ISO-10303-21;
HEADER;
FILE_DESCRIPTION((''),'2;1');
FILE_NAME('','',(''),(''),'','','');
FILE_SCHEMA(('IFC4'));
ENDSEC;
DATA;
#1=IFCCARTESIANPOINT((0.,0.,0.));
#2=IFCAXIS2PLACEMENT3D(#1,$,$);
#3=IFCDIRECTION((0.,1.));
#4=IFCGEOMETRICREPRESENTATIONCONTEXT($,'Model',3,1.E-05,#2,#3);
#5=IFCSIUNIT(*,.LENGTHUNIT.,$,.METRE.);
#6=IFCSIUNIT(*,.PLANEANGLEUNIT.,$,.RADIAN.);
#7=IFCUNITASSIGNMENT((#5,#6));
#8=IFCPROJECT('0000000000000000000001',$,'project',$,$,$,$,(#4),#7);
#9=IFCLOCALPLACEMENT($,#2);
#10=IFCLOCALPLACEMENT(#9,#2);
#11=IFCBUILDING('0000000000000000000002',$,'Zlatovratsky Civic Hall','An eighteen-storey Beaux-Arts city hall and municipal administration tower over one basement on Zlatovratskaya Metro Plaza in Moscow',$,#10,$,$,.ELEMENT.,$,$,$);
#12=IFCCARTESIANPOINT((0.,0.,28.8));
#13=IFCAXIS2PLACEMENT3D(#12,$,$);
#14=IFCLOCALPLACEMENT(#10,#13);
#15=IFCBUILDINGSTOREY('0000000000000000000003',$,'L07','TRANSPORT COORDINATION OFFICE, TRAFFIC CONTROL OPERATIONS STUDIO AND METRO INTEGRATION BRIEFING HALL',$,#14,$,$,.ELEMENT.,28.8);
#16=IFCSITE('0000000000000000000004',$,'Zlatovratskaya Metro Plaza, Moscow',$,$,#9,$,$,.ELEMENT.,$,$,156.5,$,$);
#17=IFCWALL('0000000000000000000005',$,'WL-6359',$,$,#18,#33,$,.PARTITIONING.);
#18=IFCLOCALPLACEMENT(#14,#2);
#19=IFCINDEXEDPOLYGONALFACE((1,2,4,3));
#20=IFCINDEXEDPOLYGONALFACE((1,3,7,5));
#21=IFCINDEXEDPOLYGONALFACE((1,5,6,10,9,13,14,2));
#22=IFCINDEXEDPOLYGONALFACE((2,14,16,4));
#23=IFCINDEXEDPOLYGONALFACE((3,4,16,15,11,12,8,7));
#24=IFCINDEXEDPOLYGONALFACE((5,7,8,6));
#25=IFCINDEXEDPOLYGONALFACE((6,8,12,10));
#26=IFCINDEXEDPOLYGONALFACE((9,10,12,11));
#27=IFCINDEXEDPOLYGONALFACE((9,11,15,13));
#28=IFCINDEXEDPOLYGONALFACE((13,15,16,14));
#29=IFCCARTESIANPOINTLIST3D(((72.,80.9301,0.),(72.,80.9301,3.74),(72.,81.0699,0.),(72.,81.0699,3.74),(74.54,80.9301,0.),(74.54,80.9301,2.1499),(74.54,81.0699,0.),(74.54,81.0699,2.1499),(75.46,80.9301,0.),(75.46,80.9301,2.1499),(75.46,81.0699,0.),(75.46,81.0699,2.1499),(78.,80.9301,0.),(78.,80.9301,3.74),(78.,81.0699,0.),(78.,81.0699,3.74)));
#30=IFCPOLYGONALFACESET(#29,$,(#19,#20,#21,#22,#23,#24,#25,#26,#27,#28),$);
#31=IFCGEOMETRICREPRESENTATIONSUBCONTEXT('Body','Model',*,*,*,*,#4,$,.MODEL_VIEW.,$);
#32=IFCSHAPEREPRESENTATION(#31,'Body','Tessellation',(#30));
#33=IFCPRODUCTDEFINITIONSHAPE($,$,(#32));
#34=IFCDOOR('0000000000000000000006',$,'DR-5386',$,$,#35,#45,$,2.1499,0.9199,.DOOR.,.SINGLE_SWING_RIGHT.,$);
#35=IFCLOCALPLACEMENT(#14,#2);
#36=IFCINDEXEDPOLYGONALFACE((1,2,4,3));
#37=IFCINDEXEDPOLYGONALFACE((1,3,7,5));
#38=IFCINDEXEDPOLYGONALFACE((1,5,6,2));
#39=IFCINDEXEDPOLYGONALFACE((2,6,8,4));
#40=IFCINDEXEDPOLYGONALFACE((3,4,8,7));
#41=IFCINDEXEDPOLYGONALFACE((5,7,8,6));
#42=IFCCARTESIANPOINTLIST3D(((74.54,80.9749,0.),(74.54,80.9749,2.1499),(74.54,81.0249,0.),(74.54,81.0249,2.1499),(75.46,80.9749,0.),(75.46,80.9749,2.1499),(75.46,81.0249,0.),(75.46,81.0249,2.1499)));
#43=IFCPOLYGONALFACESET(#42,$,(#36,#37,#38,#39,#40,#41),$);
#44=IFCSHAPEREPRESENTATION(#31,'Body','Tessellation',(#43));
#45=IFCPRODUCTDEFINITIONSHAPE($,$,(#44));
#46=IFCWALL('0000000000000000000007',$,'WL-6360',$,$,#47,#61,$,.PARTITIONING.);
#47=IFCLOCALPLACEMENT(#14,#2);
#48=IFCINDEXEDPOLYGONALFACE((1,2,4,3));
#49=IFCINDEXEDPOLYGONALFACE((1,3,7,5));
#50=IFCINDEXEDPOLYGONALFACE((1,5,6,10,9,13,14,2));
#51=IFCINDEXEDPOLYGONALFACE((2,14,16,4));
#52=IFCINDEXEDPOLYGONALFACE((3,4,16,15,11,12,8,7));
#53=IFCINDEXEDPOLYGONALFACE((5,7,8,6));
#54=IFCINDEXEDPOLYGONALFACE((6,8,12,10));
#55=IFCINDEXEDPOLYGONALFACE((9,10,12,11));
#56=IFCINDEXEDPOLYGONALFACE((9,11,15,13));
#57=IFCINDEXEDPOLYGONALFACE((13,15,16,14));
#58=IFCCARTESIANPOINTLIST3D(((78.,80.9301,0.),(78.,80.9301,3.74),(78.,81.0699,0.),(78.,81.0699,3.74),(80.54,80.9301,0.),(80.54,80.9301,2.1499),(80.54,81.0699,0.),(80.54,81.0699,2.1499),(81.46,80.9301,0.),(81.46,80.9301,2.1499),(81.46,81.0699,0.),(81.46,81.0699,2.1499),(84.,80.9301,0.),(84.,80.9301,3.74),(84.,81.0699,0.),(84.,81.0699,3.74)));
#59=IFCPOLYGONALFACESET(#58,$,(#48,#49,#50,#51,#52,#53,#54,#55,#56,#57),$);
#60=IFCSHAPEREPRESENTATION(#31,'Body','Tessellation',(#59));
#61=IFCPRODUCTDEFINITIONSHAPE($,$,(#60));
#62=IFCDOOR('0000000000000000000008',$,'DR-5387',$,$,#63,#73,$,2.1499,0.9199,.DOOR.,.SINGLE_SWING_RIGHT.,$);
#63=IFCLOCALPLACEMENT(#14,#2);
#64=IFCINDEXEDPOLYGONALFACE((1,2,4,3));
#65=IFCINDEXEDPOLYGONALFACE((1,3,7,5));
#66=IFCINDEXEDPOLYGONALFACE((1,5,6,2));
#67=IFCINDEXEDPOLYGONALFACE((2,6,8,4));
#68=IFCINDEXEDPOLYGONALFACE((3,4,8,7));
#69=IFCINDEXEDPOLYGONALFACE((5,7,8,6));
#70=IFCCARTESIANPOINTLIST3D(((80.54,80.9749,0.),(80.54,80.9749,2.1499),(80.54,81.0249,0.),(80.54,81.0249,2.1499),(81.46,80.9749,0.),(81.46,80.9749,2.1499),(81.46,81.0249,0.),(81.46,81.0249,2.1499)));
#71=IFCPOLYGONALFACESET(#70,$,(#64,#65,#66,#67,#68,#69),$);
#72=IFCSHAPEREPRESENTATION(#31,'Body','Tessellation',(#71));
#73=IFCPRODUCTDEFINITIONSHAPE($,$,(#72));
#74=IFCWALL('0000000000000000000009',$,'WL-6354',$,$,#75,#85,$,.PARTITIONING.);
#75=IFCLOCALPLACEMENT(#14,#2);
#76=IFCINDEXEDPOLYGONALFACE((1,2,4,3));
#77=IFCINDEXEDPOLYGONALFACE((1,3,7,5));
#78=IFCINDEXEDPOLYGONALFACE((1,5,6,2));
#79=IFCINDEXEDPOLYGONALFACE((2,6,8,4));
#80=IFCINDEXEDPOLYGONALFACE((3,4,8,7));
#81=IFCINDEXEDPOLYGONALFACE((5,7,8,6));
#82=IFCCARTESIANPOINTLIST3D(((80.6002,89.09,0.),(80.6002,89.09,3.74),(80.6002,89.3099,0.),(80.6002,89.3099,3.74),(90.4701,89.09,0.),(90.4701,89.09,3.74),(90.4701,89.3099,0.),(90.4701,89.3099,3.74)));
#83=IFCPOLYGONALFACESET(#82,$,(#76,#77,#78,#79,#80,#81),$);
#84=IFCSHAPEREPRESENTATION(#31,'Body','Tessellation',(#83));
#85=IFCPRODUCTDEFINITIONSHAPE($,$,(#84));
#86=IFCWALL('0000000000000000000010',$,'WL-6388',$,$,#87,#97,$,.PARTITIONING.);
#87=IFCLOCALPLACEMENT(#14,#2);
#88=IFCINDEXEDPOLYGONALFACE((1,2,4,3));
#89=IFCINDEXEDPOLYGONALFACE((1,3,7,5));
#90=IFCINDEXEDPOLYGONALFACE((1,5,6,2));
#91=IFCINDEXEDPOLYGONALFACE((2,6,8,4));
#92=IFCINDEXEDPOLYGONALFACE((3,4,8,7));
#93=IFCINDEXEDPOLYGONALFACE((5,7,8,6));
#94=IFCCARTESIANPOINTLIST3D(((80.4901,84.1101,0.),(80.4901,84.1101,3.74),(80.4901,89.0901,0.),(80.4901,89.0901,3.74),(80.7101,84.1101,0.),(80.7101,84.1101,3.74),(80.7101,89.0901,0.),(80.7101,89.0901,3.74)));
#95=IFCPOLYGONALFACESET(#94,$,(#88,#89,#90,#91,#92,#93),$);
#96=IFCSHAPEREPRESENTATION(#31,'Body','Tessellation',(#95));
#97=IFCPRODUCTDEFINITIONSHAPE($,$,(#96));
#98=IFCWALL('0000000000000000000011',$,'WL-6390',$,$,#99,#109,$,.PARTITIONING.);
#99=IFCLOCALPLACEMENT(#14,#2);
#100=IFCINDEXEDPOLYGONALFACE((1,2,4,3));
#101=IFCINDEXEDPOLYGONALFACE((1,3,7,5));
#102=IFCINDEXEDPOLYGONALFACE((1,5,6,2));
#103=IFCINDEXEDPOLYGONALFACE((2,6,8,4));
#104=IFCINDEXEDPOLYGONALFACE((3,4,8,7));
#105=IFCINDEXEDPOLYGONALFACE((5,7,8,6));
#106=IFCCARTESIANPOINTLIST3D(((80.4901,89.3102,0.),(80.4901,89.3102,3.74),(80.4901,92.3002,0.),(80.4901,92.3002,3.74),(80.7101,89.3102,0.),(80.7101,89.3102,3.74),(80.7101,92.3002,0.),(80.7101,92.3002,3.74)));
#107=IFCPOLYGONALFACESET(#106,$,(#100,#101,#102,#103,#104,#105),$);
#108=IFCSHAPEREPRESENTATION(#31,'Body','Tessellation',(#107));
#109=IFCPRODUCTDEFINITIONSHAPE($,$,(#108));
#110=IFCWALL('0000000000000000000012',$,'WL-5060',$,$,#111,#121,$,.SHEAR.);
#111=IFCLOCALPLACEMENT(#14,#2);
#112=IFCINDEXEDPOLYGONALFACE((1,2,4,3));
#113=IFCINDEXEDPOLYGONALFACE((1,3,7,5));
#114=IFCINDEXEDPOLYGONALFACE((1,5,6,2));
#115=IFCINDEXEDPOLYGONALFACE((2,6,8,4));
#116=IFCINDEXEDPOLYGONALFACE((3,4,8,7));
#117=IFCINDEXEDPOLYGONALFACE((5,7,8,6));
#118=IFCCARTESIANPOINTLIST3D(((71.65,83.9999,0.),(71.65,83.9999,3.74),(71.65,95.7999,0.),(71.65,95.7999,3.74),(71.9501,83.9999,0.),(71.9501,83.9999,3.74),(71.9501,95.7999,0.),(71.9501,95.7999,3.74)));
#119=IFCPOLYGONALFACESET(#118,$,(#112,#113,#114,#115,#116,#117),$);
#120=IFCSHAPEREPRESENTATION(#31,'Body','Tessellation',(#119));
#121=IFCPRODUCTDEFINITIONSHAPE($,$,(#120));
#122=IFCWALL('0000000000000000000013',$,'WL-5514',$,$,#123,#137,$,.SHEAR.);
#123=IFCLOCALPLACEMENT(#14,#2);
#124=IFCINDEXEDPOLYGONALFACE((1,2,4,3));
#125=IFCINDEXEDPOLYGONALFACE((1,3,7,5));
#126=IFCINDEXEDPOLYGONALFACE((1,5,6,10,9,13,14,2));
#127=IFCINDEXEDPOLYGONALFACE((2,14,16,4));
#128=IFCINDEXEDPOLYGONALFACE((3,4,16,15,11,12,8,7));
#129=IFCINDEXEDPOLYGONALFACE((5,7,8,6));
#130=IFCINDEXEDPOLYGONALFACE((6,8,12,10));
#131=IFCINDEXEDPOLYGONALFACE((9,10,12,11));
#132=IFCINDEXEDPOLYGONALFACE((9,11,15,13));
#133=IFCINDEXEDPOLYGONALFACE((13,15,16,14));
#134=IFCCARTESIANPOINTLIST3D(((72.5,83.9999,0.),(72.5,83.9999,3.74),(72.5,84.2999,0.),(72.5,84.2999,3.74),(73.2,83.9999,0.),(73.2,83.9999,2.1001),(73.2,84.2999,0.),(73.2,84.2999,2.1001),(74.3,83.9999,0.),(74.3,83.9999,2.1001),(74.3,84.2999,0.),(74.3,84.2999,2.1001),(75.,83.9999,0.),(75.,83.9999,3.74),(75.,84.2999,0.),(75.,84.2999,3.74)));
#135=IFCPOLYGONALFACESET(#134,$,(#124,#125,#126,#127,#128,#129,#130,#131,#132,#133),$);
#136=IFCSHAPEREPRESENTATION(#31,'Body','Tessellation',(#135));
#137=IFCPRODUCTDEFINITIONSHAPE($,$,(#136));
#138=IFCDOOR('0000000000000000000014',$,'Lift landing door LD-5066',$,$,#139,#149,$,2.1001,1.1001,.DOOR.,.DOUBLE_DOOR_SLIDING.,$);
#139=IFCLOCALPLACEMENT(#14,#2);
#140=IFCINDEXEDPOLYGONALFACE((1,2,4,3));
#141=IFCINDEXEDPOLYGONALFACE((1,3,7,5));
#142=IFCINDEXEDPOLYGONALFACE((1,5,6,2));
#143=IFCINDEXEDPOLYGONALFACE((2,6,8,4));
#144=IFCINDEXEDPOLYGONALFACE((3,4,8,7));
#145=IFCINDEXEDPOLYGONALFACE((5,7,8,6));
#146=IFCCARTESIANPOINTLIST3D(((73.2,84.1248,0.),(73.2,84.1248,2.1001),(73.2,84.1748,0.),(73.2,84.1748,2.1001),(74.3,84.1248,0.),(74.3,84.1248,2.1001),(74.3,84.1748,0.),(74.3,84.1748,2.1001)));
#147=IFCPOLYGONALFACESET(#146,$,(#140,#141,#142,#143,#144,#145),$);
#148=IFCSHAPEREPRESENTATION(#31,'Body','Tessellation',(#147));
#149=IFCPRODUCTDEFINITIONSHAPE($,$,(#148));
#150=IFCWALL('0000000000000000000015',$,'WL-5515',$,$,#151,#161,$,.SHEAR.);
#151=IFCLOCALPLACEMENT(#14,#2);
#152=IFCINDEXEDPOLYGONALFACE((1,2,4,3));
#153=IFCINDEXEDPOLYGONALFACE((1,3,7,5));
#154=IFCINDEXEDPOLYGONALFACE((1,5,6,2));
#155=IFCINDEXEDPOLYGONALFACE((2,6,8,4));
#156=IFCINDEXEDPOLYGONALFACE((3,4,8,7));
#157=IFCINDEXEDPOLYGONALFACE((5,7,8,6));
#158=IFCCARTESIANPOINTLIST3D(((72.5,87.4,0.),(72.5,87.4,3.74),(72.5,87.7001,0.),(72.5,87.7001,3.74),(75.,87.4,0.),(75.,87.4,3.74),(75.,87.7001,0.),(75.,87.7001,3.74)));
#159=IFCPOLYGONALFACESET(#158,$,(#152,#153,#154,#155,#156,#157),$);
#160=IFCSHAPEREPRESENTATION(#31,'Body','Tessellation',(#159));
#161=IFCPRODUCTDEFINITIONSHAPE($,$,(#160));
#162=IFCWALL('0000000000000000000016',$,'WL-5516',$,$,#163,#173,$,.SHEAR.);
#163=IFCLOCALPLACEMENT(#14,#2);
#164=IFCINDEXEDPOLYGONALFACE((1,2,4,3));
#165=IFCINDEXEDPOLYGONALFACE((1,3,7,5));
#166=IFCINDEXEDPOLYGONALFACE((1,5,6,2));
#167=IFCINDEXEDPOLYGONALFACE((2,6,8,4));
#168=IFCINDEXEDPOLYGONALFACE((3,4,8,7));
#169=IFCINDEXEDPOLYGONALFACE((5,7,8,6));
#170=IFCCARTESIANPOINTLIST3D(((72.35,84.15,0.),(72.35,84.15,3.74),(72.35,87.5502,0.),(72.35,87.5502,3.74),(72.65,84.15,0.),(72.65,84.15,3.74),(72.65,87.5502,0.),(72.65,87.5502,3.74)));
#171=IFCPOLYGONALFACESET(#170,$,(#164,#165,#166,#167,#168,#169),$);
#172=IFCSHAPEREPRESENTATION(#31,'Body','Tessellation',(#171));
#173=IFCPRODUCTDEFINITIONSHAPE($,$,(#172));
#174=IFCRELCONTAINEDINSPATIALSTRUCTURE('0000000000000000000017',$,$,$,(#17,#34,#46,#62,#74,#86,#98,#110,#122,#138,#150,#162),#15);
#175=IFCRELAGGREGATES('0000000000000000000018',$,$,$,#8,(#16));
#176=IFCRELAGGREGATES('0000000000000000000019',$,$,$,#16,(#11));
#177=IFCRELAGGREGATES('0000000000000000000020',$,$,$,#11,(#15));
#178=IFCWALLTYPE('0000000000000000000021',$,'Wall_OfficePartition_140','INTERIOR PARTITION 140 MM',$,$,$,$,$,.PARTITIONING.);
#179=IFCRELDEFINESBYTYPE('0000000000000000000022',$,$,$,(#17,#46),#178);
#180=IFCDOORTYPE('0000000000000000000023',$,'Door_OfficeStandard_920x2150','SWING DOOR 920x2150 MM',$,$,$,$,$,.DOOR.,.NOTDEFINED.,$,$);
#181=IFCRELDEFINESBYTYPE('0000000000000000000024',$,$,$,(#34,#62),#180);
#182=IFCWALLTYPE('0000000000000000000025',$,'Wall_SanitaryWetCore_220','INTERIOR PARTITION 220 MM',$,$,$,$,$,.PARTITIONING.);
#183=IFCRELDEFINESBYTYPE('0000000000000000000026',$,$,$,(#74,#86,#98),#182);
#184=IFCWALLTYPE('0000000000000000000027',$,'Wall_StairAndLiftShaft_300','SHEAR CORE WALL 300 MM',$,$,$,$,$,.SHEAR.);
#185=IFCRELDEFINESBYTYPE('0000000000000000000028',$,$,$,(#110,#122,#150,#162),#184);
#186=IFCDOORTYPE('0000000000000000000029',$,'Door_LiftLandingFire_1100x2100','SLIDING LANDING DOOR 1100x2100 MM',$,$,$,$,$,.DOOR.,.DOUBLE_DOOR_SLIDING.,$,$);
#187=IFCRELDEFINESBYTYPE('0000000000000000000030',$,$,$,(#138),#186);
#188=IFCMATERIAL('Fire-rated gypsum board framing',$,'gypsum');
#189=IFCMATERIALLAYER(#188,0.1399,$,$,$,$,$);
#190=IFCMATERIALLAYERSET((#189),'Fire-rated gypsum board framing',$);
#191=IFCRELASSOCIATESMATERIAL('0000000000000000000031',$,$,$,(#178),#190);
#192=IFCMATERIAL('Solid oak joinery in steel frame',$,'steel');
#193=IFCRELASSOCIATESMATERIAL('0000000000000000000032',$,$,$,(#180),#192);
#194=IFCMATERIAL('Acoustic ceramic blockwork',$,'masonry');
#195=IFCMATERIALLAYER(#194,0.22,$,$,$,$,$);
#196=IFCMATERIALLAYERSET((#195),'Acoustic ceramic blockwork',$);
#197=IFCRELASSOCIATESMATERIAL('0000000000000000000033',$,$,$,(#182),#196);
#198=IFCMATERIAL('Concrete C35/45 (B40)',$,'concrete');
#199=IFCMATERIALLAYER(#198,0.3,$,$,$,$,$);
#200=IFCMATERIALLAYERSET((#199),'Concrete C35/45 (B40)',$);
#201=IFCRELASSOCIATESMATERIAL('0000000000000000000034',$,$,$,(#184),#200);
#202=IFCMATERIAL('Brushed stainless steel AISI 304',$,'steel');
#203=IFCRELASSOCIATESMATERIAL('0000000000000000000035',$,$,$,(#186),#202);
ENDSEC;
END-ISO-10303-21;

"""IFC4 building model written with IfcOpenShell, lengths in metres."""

from ifc_helpers import new_model, si_unit, direction, frame, frame_2d, origin, place, context, subcontext, project, spatial, rectangle, extrude, material, layer, layer_set, type_object, element, fill, save


model = new_model("IFC4")

# Units and contexts
model_context = context("Model", 3, precision=1e-05, world=origin(), true_north=direction((0.0, 1.0)))
body_context = subcontext(model_context, "Body", "Model", "MODEL_VIEW")
ifc_project = project(units=[si_unit("LENGTHUNIT", "METRE"), si_unit("PLANEANGLEUNIT", "RADIAN")], contexts=[model_context])

# Site, building, storey
site_placement = place(None, origin())
site = spatial("IfcSite", under=ifc_project, at=site_placement, Name="Zlatovratskaya Metro Plaza, Moscow", CompositionType="ELEMENT", RefElevation=156.5)
building_placement = place(site_placement, origin())
building = spatial("IfcBuilding", under=site, at=building_placement, Name="Zlatovratsky Civic Hall", Description="An eighteen-storey Beaux-Arts city hall and municipal administration tower over one basement on Zlatovratskaya Metro Plaza in Moscow", CompositionType="ELEMENT")
storey_placement = place(building_placement, frame((0.0, 0.0, 28.8)))
storey = spatial("IfcBuildingStorey", under=building, at=storey_placement, Name="L07", Description="TRANSPORT COORDINATION OFFICE, TRAFFIC CONTROL OPERATIONS STUDIO AND METRO INTEGRATION BRIEFING HALL", CompositionType="ELEMENT", Elevation=28.8)

# Shared definitions
ifc_material_1 = material(Name="Concrete C35/45 (B40)", Category="concrete")

# Walls, openings, doors
ifc_material_2 = material(Name="Fire-rated gypsum board framing", Category="gypsum")
ifc_layer_1 = layer(ifc_material_2, 0.1399)
ifc_layer_set_1 = layer_set([ifc_layer_1], Name="Fire-rated gypsum board framing")
wall_type_1 = type_object("IfcWallType", Name="Wall_OfficePartition_140", Description="INTERIOR PARTITION 140 MM", PredefinedType="PARTITIONING", material=ifc_layer_set_1)
wall_1_placement = place(storey_placement, frame((72.0, 81.0, 0.0), z_axis=(0.0, 0.0, 1.0), x_axis=(1.0, 0.0, 0.0)))
wall_1 = element("IfcWall", 1, at=wall_1_placement, inside=storey, type_object=wall_type_1, Name="WL-6359", PredefinedType="PARTITIONING", context=body_context, shape_type="SweptSolid", body=[
    extrude(rectangle(XDim=6.0, YDim=0.1399, at=frame_2d((3.0, 0.0))), origin(), (0.0, 0.0, 1.0), 3.74),
])
opening_1_placement = place(wall_1_placement, frame((2.54, 0.0, 0.0)))
opening_1 = element("IfcOpeningElement", 2, at=opening_1_placement, cuts=wall_1, PredefinedType="OPENING", context=body_context, shape_type="SweptSolid", body=[
    extrude(rectangle(XDim=0.9199, YDim=2.1499, at=frame_2d((0.46, 1.075))), frame((0.0, 0.085, 0.0), z_axis=(0.0, -1.0, 0.0), x_axis=(1.0, 0.0, 0.0)), (0.0, 0.0, 1.0), 0.1697),
])
ifc_material_3 = material(Name="Solid oak joinery in steel frame", Category="steel")
door_type_1 = type_object("IfcDoorType", Name="Door_OfficeStandard_920x2150", Description="SWING DOOR 920x2150 MM", OperationType="NOTDEFINED", PredefinedType="DOOR", material=ifc_material_3)
door_1_placement = place(opening_1_placement, origin())
door_1 = element("IfcDoor", 3, at=door_1_placement, inside=storey, type_object=door_type_1, Name="DR-5386", OperationType="SINGLE_SWING_RIGHT", OverallHeight=2.1499, OverallWidth=0.9199, PredefinedType="DOOR", context=body_context, shape_type="SweptSolid", body=[
    extrude(rectangle(XDim=0.9199, YDim=2.1499, at=frame_2d((0.46, 1.075))), frame((0.0, 0.0249, 0.0), z_axis=(0.0, -1.0, 0.0), x_axis=(1.0, 0.0, 0.0)), (0.0, 0.0, 1.0), 0.05),
])
fill(opening_1, door_1)
wall_2_placement = place(storey_placement, frame((78.0, 81.0, 0.0), z_axis=(0.0, 0.0, 1.0), x_axis=(1.0, 0.0, 0.0)))
wall_2 = element("IfcWall", 4, at=wall_2_placement, inside=storey, type_object=wall_type_1, Name="WL-6360", PredefinedType="PARTITIONING", context=body_context, shape_type="SweptSolid", body=[
    extrude(rectangle(XDim=6.0, YDim=0.1399, at=frame_2d((3.0, 0.0))), origin(), (0.0, 0.0, 1.0), 3.74),
])
opening_2_placement = place(wall_2_placement, frame((2.54, 0.0, 0.0)))
opening_2 = element("IfcOpeningElement", 5, at=opening_2_placement, cuts=wall_2, PredefinedType="OPENING", context=body_context, shape_type="SweptSolid", body=[
    extrude(rectangle(XDim=0.9199, YDim=2.1499, at=frame_2d((0.46, 1.075))), frame((0.0, 0.085, 0.0), z_axis=(0.0, -1.0, 0.0), x_axis=(1.0, 0.0, 0.0)), (0.0, 0.0, 1.0), 0.1697),
])
door_2_placement = place(opening_2_placement, origin())
door_2 = element("IfcDoor", 6, at=door_2_placement, inside=storey, type_object=door_type_1, Name="DR-5387", OperationType="SINGLE_SWING_RIGHT", OverallHeight=2.1499, OverallWidth=0.9199, PredefinedType="DOOR", context=body_context, shape_type="SweptSolid", body=[
    extrude(rectangle(XDim=0.9199, YDim=2.1499, at=frame_2d((0.46, 1.075))), frame((0.0, 0.0249, 0.0), z_axis=(0.0, -1.0, 0.0), x_axis=(1.0, 0.0, 0.0)), (0.0, 0.0, 1.0), 0.05),
])
fill(opening_2, door_2)
ifc_material_4 = material(Name="Acoustic ceramic blockwork", Category="masonry")
ifc_layer_2 = layer(ifc_material_4, 0.22)
ifc_layer_set_2 = layer_set([ifc_layer_2], Name="Acoustic ceramic blockwork")
wall_type_2 = type_object("IfcWallType", Name="Wall_SanitaryWetCore_220", Description="INTERIOR PARTITION 220 MM", PredefinedType="PARTITIONING", material=ifc_layer_set_2)

# Walls
wall_3_placement = place(storey_placement, frame((80.6001, 89.2, 0.0), z_axis=(0.0, 0.0, 1.0), x_axis=(1.0, 0.0, 0.0)))
element("IfcWall", 7, at=wall_3_placement, inside=storey, type_object=wall_type_2, Name="WL-6354", PredefinedType="PARTITIONING", context=body_context, shape_type="SweptSolid", body=[
    extrude(rectangle(XDim=9.8699, YDim=0.22, at=frame_2d((4.9351, 0.0))), origin(), (0.0, 0.0, 1.0), 3.74),
])
wall_4_placement = place(storey_placement, frame((80.6001, 84.1101, 0.0), z_axis=(0.0, 0.0, 1.0), x_axis=(0.0, 1.0, 0.0)))
element("IfcWall", 8, at=wall_4_placement, inside=storey, type_object=wall_type_2, Name="WL-6388", PredefinedType="PARTITIONING", context=body_context, shape_type="SweptSolid", body=[
    extrude(rectangle(XDim=4.98, YDim=0.22, at=frame_2d((2.49, 0.0))), origin(), (0.0, 0.0, 1.0), 3.74),
])
wall_5_placement = place(storey_placement, frame((80.6001, 89.3101, 0.0), z_axis=(0.0, 0.0, 1.0), x_axis=(0.0, 1.0, 0.0)))
element("IfcWall", 9, at=wall_5_placement, inside=storey, type_object=wall_type_2, Name="WL-6390", PredefinedType="PARTITIONING", context=body_context, shape_type="SweptSolid", body=[
    extrude(rectangle(XDim=2.99, YDim=0.22, at=frame_2d((1.4951, 0.0))), origin(), (0.0, 0.0, 1.0), 3.74),
])
ifc_layer_3 = layer(ifc_material_1, 0.3)
ifc_layer_set_3 = layer_set([ifc_layer_3], Name="Concrete C35/45 (B40)")
wall_type_3 = type_object("IfcWallType", Name="Wall_StairAndLiftShaft_300", Description="SHEAR CORE WALL 300 MM", PredefinedType="SHEAR", material=ifc_layer_set_3)
wall_6_placement = place(storey_placement, frame((71.8, 84.0, 0.0), z_axis=(0.0, 0.0, 1.0), x_axis=(0.0, 1.0, 0.0)))
element("IfcWall", 10, at=wall_6_placement, inside=storey, type_object=wall_type_3, Name="WL-5060", PredefinedType="SHEAR", context=body_context, shape_type="SweptSolid", body=[
    extrude(rectangle(XDim=11.8, YDim=0.3, at=frame_2d((5.8999, 0.0))), origin(), (0.0, 0.0, 1.0), 3.74),
])

# Wall, opening, door
wall_7_placement = place(storey_placement, frame((72.5, 84.1499, 0.0), z_axis=(0.0, 0.0, 1.0), x_axis=(1.0, 0.0, 0.0)))
wall_7 = element("IfcWall", 11, at=wall_7_placement, inside=storey, type_object=wall_type_3, Name="WL-5514", PredefinedType="SHEAR", context=body_context, shape_type="SweptSolid", body=[
    extrude(rectangle(XDim=2.5, YDim=0.3, at=frame_2d((1.25, 0.0))), origin(), (0.0, 0.0, 1.0), 3.74),
])
opening_3_placement = place(wall_7_placement, frame((0.7, 0.0, 0.0)))
opening_3 = element("IfcOpeningElement", 12, at=opening_3_placement, cuts=wall_7, PredefinedType="OPENING", context=body_context, shape_type="SweptSolid", body=[
    extrude(rectangle(XDim=1.1001, YDim=2.1001, at=frame_2d((0.55, 1.05))), frame((0.0, 0.165, 0.0), z_axis=(0.0, -1.0, 0.0), x_axis=(1.0, 0.0, 0.0)), (0.0, 0.0, 1.0), 0.3298),
])
ifc_material_5 = material(Name="Brushed stainless steel AISI 304", Category="steel")
door_type_2 = type_object("IfcDoorType", Name="Door_LiftLandingFire_1100x2100", Description="SLIDING LANDING DOOR 1100x2100 MM", OperationType="DOUBLE_DOOR_SLIDING", PredefinedType="DOOR", material=ifc_material_5)
door_3_placement = place(opening_3_placement, origin())
door_3 = element("IfcDoor", 13, at=door_3_placement, inside=storey, type_object=door_type_2, Name="Lift landing door LD-5066", OperationType="DOUBLE_DOOR_SLIDING", OverallHeight=2.1001, OverallWidth=1.1001, PredefinedType="DOOR", context=body_context, shape_type="SweptSolid", body=[
    extrude(rectangle(XDim=1.1001, YDim=2.1001, at=frame_2d((0.55, 1.05))), frame((0.0, 0.0249, 0.0), z_axis=(0.0, -1.0, 0.0), x_axis=(1.0, 0.0, 0.0)), (0.0, 0.0, 1.0), 0.05),
])
fill(opening_3, door_3)

# Walls
wall_8_placement = place(storey_placement, frame((72.5, 87.55, 0.0), z_axis=(0.0, 0.0, 1.0), x_axis=(1.0, 0.0, 0.0)))
element("IfcWall", 14, at=wall_8_placement, inside=storey, type_object=wall_type_3, Name="WL-5515", PredefinedType="SHEAR", context=body_context, shape_type="SweptSolid", body=[
    extrude(rectangle(XDim=2.5, YDim=0.3, at=frame_2d((1.25, 0.0))), origin(), (0.0, 0.0, 1.0), 3.74),
])
wall_9_placement = place(storey_placement, frame((72.5, 84.1499, 0.0), z_axis=(0.0, 0.0, 1.0), x_axis=(0.0, 1.0, 0.0)))
element("IfcWall", 15, at=wall_9_placement, inside=storey, type_object=wall_type_3, Name="WL-5516", PredefinedType="SHEAR", context=body_context, shape_type="SweptSolid", body=[
    extrude(rectangle(XDim=3.4001, YDim=0.3, at=frame_2d((1.7002, 0.0))), origin(), (0.0, 0.0, 1.0), 3.74),
])

save(model, "model.ifc")
